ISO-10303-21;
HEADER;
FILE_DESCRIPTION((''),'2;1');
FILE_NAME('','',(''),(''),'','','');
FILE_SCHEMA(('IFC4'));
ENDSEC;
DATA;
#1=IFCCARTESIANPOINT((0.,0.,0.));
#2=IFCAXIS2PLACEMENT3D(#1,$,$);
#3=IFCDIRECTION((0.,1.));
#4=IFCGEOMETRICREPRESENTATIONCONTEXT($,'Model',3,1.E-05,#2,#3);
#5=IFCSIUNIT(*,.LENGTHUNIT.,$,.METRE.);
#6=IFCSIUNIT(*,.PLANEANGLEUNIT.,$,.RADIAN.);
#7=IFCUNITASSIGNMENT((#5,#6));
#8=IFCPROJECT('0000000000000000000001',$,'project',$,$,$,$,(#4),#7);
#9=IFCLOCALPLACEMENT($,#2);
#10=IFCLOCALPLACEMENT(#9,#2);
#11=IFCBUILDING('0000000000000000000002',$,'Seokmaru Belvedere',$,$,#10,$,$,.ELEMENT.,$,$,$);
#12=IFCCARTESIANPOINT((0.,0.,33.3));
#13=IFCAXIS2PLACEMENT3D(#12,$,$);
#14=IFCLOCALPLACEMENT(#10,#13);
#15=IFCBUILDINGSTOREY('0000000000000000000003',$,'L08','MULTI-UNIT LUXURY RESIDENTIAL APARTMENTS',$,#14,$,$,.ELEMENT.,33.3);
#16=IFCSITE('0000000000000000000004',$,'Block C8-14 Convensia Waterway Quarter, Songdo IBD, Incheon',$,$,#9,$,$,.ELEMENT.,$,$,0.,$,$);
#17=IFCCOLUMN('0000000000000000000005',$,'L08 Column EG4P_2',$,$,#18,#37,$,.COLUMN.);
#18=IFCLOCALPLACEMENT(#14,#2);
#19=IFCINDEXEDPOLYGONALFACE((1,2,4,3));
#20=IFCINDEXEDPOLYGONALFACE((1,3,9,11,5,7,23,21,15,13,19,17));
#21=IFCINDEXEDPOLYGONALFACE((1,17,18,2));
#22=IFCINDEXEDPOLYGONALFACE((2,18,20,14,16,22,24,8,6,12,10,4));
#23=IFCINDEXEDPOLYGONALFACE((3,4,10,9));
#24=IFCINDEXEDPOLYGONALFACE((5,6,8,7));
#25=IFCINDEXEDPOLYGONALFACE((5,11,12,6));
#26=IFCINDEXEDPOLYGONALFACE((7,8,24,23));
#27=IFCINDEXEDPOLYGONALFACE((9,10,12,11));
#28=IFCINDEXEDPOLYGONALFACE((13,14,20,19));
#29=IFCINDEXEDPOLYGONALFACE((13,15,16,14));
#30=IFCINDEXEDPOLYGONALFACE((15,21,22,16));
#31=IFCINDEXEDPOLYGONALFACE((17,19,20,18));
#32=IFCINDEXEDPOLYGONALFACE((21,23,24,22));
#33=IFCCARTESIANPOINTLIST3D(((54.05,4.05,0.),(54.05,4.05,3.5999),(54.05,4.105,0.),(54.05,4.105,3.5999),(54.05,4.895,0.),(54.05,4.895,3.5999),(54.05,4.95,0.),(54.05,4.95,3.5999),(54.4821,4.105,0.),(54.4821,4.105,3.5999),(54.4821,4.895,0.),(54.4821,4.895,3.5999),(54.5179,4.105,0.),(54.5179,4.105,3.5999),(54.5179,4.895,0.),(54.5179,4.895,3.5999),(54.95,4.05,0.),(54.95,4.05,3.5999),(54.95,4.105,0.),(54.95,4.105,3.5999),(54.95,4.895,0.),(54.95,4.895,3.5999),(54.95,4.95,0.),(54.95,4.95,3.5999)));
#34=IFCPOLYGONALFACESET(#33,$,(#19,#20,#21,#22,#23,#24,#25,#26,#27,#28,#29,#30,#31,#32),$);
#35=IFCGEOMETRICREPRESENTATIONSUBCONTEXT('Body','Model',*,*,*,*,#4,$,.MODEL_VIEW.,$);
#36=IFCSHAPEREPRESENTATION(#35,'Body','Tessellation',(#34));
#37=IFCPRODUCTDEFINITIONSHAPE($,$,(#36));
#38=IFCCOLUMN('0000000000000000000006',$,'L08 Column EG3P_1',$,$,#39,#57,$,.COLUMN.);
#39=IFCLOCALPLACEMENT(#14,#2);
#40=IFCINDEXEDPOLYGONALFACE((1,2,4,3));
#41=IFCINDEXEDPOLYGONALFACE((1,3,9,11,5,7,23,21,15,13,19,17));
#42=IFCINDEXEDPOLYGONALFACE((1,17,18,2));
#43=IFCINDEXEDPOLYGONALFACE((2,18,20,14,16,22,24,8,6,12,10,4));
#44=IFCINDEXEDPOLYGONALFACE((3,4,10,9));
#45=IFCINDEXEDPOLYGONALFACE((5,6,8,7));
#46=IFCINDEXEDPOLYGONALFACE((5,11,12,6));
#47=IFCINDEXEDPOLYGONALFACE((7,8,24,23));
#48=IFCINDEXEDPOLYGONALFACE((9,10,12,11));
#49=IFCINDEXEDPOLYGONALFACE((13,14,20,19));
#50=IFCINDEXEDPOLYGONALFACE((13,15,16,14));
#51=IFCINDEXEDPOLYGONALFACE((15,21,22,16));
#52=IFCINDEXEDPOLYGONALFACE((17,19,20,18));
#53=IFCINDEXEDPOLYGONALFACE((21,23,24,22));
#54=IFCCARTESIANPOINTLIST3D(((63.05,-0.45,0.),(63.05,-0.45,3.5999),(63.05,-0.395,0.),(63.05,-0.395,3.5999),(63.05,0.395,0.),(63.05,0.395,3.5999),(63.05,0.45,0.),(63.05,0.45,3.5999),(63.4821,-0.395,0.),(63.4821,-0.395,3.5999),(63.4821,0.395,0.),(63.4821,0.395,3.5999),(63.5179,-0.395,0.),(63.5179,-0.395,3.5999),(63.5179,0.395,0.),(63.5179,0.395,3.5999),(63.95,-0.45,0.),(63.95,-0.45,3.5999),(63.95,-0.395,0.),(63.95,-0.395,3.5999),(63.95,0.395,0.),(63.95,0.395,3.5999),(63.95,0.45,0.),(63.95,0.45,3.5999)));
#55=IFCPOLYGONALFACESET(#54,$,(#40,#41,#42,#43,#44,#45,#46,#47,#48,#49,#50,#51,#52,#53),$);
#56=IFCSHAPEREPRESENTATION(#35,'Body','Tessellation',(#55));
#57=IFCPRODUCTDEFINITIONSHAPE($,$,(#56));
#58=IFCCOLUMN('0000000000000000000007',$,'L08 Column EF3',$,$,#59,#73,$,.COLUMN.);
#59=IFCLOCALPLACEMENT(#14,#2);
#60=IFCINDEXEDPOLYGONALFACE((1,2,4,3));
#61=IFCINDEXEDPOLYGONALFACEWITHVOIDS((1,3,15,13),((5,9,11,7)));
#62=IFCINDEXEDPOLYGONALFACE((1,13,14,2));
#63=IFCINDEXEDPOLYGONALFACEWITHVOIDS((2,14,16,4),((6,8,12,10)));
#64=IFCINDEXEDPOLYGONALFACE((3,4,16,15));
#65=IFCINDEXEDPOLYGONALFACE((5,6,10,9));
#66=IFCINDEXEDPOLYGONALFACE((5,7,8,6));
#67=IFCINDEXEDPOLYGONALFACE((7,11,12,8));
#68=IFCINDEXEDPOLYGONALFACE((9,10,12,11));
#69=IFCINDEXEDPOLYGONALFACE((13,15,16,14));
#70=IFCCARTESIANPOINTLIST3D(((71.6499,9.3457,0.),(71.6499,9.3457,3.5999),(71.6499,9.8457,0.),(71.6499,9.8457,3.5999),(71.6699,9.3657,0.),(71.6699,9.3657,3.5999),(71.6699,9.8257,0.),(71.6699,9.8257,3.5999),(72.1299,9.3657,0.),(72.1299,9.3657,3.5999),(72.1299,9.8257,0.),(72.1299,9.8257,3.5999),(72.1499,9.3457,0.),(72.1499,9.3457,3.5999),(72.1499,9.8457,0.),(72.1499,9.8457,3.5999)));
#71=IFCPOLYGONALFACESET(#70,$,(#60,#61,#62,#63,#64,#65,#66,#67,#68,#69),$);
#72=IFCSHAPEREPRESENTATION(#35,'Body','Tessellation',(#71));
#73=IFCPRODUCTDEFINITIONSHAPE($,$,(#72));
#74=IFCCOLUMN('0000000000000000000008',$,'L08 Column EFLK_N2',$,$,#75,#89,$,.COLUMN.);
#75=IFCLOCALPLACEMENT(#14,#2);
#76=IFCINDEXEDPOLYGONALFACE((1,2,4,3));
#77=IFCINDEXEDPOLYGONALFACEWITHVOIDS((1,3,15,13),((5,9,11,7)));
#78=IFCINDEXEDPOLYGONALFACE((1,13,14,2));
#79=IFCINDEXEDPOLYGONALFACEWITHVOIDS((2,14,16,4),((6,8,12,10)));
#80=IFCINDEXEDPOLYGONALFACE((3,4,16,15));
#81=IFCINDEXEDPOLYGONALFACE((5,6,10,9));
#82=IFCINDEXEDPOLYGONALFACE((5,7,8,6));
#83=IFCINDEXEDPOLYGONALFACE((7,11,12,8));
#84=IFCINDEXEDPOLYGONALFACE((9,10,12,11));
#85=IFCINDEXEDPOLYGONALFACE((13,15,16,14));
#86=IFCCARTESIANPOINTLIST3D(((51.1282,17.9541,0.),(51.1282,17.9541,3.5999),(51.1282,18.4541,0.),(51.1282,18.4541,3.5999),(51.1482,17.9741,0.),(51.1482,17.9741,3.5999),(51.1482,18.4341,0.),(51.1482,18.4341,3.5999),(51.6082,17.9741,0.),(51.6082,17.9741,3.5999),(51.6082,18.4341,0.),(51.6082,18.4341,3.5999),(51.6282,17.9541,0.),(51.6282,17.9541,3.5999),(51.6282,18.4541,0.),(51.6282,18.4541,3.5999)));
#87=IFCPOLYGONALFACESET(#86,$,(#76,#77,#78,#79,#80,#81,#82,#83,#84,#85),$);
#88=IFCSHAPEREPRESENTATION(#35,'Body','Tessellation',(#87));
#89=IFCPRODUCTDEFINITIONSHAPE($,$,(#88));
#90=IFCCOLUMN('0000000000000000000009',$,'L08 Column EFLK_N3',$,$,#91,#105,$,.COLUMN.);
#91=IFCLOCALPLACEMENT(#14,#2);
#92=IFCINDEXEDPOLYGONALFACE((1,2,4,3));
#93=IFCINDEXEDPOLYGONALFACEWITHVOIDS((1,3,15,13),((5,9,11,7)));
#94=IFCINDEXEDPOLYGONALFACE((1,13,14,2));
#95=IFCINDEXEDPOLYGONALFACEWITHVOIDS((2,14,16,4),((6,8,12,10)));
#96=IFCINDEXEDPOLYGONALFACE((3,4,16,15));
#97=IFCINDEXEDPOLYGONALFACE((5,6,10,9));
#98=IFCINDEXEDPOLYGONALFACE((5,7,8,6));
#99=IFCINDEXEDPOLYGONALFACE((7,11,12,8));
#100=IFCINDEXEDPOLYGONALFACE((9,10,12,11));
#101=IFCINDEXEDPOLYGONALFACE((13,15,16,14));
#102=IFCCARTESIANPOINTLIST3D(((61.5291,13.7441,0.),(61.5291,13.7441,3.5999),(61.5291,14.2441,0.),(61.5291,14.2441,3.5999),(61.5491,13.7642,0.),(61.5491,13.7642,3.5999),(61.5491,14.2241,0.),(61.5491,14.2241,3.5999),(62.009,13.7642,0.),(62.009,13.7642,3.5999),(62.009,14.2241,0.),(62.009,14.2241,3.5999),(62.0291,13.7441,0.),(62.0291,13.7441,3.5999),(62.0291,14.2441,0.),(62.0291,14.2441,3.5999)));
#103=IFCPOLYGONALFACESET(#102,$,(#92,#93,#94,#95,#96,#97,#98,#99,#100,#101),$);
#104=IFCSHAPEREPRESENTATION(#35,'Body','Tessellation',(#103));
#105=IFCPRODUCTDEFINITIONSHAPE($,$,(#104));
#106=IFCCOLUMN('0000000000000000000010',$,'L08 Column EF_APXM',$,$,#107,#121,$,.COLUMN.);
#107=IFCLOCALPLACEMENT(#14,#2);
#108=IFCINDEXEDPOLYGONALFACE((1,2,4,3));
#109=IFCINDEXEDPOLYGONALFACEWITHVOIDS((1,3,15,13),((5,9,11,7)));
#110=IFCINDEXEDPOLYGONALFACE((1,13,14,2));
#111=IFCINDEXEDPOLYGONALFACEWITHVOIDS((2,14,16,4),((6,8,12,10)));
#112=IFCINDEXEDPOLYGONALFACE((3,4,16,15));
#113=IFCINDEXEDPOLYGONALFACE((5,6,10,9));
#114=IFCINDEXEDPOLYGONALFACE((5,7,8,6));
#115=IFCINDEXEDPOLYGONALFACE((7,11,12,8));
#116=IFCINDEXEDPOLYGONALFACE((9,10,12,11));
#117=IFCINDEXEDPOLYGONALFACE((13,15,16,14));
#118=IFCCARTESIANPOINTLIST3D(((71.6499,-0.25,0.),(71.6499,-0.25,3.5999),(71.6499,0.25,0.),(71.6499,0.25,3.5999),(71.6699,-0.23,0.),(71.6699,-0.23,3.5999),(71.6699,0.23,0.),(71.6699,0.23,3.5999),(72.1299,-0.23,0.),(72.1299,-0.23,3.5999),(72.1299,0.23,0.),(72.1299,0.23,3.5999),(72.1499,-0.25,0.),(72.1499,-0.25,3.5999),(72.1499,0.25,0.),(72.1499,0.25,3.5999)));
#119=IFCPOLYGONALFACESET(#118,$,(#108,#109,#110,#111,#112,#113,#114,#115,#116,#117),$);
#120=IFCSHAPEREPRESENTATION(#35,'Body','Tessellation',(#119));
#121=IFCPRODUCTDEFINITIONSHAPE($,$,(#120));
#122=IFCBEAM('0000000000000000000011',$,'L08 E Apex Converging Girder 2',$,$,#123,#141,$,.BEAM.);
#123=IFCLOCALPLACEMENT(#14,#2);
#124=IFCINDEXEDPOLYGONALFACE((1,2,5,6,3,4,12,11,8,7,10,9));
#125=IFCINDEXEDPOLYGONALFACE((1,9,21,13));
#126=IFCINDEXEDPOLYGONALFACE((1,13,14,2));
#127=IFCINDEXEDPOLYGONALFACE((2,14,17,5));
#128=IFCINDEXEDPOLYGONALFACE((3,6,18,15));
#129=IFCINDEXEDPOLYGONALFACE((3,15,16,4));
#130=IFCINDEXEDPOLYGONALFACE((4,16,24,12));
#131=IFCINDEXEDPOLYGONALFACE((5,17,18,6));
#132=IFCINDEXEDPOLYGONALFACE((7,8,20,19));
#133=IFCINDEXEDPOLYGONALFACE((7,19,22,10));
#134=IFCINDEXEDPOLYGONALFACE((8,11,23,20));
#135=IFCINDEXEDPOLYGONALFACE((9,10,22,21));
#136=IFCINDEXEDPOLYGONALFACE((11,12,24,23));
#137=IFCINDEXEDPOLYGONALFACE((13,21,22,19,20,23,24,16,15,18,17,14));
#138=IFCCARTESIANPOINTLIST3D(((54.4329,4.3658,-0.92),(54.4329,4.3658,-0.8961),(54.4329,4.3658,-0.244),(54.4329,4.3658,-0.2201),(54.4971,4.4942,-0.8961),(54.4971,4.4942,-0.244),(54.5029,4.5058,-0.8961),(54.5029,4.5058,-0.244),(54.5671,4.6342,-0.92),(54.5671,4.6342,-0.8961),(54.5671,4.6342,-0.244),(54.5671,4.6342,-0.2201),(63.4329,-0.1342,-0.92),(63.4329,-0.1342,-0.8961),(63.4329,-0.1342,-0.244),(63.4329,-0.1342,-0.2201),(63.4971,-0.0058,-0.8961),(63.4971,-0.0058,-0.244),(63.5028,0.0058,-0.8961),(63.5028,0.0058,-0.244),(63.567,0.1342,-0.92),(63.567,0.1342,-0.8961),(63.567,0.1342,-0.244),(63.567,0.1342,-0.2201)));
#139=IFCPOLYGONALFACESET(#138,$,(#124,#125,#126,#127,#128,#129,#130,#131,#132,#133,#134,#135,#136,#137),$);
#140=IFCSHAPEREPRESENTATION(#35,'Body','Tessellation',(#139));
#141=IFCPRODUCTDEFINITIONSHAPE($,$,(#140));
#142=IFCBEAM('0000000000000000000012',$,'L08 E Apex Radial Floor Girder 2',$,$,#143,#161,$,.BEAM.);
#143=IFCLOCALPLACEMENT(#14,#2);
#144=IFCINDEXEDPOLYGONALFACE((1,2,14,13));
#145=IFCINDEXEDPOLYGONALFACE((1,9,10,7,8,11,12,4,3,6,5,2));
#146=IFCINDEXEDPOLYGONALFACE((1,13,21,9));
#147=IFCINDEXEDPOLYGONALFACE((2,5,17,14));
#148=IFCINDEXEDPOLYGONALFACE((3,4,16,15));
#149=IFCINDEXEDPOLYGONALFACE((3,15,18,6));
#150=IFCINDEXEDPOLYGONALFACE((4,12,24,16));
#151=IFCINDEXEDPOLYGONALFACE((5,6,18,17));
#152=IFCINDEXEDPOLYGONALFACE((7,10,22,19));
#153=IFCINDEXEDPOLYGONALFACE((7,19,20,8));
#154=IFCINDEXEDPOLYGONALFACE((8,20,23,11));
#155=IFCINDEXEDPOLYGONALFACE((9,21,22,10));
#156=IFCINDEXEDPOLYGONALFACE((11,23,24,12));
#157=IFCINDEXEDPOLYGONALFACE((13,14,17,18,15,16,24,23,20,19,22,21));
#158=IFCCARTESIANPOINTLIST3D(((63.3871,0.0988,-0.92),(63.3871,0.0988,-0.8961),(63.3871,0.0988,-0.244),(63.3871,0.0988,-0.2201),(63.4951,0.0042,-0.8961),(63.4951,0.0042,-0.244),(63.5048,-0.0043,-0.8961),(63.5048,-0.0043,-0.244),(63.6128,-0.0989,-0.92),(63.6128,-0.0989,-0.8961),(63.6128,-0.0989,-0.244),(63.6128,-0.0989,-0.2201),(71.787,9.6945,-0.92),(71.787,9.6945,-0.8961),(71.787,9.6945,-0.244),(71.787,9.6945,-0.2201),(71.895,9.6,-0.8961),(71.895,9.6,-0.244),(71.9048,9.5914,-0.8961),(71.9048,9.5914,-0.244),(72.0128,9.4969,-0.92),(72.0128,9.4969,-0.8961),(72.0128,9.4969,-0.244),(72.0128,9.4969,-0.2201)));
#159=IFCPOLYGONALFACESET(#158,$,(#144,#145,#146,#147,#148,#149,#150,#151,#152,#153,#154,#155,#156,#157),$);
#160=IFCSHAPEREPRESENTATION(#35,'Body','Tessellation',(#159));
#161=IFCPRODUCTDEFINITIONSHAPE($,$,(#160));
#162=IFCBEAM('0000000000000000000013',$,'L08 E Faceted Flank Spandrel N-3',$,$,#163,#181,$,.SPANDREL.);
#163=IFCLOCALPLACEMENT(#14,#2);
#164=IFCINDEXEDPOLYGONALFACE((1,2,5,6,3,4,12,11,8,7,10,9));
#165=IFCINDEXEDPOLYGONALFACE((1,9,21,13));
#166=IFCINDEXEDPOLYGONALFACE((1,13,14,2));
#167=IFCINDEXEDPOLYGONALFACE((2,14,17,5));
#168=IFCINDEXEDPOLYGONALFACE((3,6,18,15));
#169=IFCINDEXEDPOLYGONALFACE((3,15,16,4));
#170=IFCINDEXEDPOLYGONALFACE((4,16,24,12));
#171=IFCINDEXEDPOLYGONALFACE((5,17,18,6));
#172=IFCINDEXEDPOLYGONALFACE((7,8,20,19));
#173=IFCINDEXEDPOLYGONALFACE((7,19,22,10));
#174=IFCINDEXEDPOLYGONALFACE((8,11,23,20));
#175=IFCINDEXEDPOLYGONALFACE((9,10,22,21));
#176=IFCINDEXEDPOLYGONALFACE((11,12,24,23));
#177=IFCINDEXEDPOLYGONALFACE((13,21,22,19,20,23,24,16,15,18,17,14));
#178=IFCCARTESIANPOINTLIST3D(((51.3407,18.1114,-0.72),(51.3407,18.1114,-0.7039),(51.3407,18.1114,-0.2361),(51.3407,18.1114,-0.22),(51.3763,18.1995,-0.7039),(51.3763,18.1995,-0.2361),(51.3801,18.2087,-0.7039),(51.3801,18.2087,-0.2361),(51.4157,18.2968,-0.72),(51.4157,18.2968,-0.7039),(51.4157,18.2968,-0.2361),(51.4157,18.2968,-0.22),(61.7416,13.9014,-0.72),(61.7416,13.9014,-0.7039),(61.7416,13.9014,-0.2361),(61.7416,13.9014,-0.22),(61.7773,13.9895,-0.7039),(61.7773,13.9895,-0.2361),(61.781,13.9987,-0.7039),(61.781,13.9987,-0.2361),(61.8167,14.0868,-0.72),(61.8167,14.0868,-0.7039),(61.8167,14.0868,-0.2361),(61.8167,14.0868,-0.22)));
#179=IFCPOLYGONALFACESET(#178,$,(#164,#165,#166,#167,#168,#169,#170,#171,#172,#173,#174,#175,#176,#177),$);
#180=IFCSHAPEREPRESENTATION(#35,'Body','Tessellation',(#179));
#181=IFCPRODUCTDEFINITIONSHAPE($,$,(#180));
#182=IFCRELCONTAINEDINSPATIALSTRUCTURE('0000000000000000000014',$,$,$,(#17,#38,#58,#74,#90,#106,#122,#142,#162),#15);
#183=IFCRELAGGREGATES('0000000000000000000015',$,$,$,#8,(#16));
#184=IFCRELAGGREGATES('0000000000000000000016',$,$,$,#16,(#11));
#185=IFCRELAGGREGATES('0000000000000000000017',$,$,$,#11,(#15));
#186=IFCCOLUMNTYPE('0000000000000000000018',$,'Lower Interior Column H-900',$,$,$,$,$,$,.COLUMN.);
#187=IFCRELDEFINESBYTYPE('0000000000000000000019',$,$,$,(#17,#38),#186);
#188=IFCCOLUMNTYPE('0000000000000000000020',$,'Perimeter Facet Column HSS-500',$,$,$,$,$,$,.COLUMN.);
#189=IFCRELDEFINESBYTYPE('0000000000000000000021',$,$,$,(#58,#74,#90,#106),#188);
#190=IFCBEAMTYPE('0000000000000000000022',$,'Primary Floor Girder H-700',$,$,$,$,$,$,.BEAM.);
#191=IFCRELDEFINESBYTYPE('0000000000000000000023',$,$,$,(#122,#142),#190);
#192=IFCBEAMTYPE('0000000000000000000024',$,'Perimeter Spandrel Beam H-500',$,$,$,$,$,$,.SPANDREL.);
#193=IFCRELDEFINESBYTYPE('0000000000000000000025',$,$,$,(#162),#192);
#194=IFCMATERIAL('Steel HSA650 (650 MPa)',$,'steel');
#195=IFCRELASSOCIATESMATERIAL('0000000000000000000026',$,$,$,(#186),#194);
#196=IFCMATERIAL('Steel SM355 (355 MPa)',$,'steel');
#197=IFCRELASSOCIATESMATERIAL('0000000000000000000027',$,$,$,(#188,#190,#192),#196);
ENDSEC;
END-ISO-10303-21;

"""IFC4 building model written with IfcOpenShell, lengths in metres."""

from ifc_helpers import new_model, si_unit, direction, frame, origin, origin_2d, place, context, subcontext, project, spatial, hollow_rectangle, i_section, extrude, source, transform, mapped, material, material_profile, profile_set, type_object, type_shapes, element, save


model = new_model("IFC4")

# Units and contexts
model_context = context("Model", 3, precision=1e-05, world=origin(), true_north=direction((0.0, 1.0)))
body_context = subcontext(model_context, "Body", "Model", "MODEL_VIEW")
ifc_project = project(units=[si_unit("LENGTHUNIT", "METRE"), si_unit("PLANEANGLEUNIT", "RADIAN")], contexts=[model_context])

# Site, building, storey
site_placement = place(None, origin())
site = spatial("IfcSite", under=ifc_project, at=site_placement, Name="Block C8-14 Convensia Waterway Quarter, Songdo IBD, Incheon", CompositionType="ELEMENT", RefElevation=0.0)
building_placement = place(site_placement, origin())
building = spatial("IfcBuilding", under=site, at=building_placement, Name="Seokmaru Belvedere", CompositionType="ELEMENT")
storey_placement = place(building_placement, frame((0.0, 0.0, 33.3)))
storey = spatial("IfcBuildingStorey", under=building, at=storey_placement, Name="L08", Description="MULTI-UNIT LUXURY RESIDENTIAL APARTMENTS", CompositionType="ELEMENT", Elevation=33.3)

# Columns
ifc_material_1 = material(Name="Steel HSA650 (650 MPa)", Category="steel")
ifc_material_profile_1 = material_profile(ifc_material_1, i_section(OverallWidth=0.8999, OverallDepth=0.8999, WebThickness=0.0359, FlangeThickness=0.0549, at=origin_2d()), Name="H-900x900x36x55")
ifc_profile_set_1 = profile_set([ifc_material_profile_1], Name="Steel HSA650 (650 MPa)")
column_type_1 = type_object("IfcColumnType", Name="Lower Interior Column H-900", PredefinedType="COLUMN", material=ifc_profile_set_1)
shared_shape_1 = source(origin(), body_context, "Body", "SweptSolid", [
    extrude(i_section(OverallWidth=0.8999, OverallDepth=0.8999, WebThickness=0.0359, FlangeThickness=0.0549, at=origin_2d()), origin(), (0.0, 0.0, 1.0), 3.5999),
])
type_shapes(column_type_1, [shared_shape_1])
for number, where, z_axis, x_axis, name in (
    (1, (54.5, 4.5, 0.0), (0.0, 0.0, 1.0), (1.0, 0.0, 0.0), "L08 Column EG4P_2"),
    (2, (63.5, 0.0, 0.0), (0.0, 0.0, 1.0), (1.0, 0.0, 0.0), "L08 Column EG3P_1"),
):
    element("IfcColumn", number, at=place(storey_placement, frame(where, z_axis=z_axis, x_axis=x_axis)), inside=storey, type_object=column_type_1, Name=name, PredefinedType="COLUMN", context=body_context, shape_type="MappedRepresentation", body=[
        mapped(shared_shape_1, transform((0.0, 0.0, 0.0), scale=1.0)),
    ])
ifc_material_2 = material(Name="Steel SM355 (355 MPa)", Category="steel")
ifc_material_profile_2 = material_profile(ifc_material_2, hollow_rectangle(XDim=0.5, YDim=0.5, WallThickness=0.02, at=origin_2d()), Name="HSS-500x500x20")
ifc_profile_set_2 = profile_set([ifc_material_profile_2], Name="Steel SM355 (355 MPa)")
column_type_2 = type_object("IfcColumnType", Name="Perimeter Facet Column HSS-500", PredefinedType="COLUMN", material=ifc_profile_set_2)
shared_shape_2 = source(origin(), body_context, "Body", "SweptSolid", [
    extrude(hollow_rectangle(XDim=0.5, YDim=0.5, WallThickness=0.02, at=origin_2d()), origin(), (0.0, 0.0, 1.0), 3.5999),
])
type_shapes(column_type_2, [shared_shape_2])
for number, where, z_axis, x_axis, name in (
    (3, (71.8999, 9.5957, 0.0), (0.0, 0.0, 1.0), (1.0, 0.0, 0.0), "L08 Column EF3"),
    (4, (51.3782, 18.2041, 0.0), (0.0, 0.0, 1.0), (1.0, 0.0, 0.0), "L08 Column EFLK_N2"),
    (5, (61.7791, 13.9941, 0.0), (0.0, 0.0, 1.0), (1.0, 0.0, 0.0), "L08 Column EFLK_N3"),
    (6, (71.8999, 0.0, 0.0), (0.0, 0.0, 1.0), (1.0, 0.0, 0.0), "L08 Column EF_APXM"),
):
    element("IfcColumn", number, at=place(storey_placement, frame(where, z_axis=z_axis, x_axis=x_axis)), inside=storey, type_object=column_type_2, Name=name, PredefinedType="COLUMN", context=body_context, shape_type="MappedRepresentation", body=[
        mapped(shared_shape_2, transform((0.0, 0.0, 0.0), scale=1.0)),
    ])

# Beams
ifc_material_profile_3 = material_profile(ifc_material_2, i_section(OverallWidth=0.3, OverallDepth=0.7, WebThickness=0.0129, FlangeThickness=0.0239, at=origin_2d()), Name="H-700x300x13x24")
ifc_profile_set_3 = profile_set([ifc_material_profile_3], Name="Steel SM355 (355 MPa)")
beam_type_1 = type_object("IfcBeamType", Name="Primary Floor Girder H-700", PredefinedType="BEAM", material=ifc_profile_set_3)
shared_shape_3 = source(origin(), body_context, "Body", "SweptSolid", [
    extrude(i_section(OverallWidth=0.3, OverallDepth=0.7, WebThickness=0.0129, FlangeThickness=0.0239, at=origin_2d()), origin(), (0.0, 0.0, 1.0), 10.0623),
])
beam_1_placement = place(storey_placement, frame((54.5, 4.5, -0.5701), z_axis=(0.894427, -0.447214, 0.0), x_axis=(0.447214, 0.894427, 0.0)))
element("IfcBeam", 7, at=beam_1_placement, inside=storey, type_object=beam_type_1, Name="L08 E Apex Converging Girder 2", PredefinedType="BEAM", context=body_context, shape_type="MappedRepresentation", body=[
    mapped(shared_shape_3, transform((0.0, 0.0, 0.0), scale=1.0)),
])
shared_shape_4 = source(origin(), body_context, "Body", "SweptSolid", [
    extrude(i_section(OverallWidth=0.3, OverallDepth=0.7, WebThickness=0.0129, FlangeThickness=0.0239, at=origin_2d()), origin(), (0.0, 0.0, 1.0), 12.7529),
])
beam_2_placement = place(storey_placement, frame((71.8999, 9.5957, -0.5701), z_axis=(-0.658667, -0.752434, 0.0), x_axis=(0.752434, -0.658667, 0.0)))
element("IfcBeam", 8, at=beam_2_placement, inside=storey, type_object=beam_type_1, Name="L08 E Apex Radial Floor Girder 2", PredefinedType="BEAM", context=body_context, shape_type="MappedRepresentation", body=[
    mapped(shared_shape_4, transform((0.0, 0.0, 0.0), scale=1.0)),
])
ifc_material_profile_4 = material_profile(ifc_material_2, i_section(OverallWidth=0.2, OverallDepth=0.5, WebThickness=0.01, FlangeThickness=0.0161, at=origin_2d()), Name="H-500x200x10x16")
ifc_profile_set_4 = profile_set([ifc_material_profile_4], Name="Steel SM355 (355 MPa)")
beam_type_2 = type_object("IfcBeamType", Name="Perimeter Spandrel Beam H-500", PredefinedType="SPANDREL", material=ifc_profile_set_4)
shared_shape_5 = source(origin(), body_context, "Body", "SweptSolid", [
    extrude(i_section(OverallWidth=0.2, OverallDepth=0.5, WebThickness=0.01, FlangeThickness=0.0161, at=origin_2d()), origin(), (0.0, 0.0, 1.0), 11.2207),
])
beam_3_placement = place(storey_placement, frame((51.3782, 18.2041, -0.47), z_axis=(0.926944, -0.375199, 0.0), x_axis=(0.375199, 0.926944, 0.0)))
element("IfcBeam", 9, at=beam_3_placement, inside=storey, type_object=beam_type_2, Name="L08 E Faceted Flank Spandrel N-3", PredefinedType="SPANDREL", context=body_context, shape_type="MappedRepresentation", body=[
    mapped(shared_shape_5, transform((0.0, 0.0, 0.0), scale=1.0)),
])

save(model, "model.ifc")
